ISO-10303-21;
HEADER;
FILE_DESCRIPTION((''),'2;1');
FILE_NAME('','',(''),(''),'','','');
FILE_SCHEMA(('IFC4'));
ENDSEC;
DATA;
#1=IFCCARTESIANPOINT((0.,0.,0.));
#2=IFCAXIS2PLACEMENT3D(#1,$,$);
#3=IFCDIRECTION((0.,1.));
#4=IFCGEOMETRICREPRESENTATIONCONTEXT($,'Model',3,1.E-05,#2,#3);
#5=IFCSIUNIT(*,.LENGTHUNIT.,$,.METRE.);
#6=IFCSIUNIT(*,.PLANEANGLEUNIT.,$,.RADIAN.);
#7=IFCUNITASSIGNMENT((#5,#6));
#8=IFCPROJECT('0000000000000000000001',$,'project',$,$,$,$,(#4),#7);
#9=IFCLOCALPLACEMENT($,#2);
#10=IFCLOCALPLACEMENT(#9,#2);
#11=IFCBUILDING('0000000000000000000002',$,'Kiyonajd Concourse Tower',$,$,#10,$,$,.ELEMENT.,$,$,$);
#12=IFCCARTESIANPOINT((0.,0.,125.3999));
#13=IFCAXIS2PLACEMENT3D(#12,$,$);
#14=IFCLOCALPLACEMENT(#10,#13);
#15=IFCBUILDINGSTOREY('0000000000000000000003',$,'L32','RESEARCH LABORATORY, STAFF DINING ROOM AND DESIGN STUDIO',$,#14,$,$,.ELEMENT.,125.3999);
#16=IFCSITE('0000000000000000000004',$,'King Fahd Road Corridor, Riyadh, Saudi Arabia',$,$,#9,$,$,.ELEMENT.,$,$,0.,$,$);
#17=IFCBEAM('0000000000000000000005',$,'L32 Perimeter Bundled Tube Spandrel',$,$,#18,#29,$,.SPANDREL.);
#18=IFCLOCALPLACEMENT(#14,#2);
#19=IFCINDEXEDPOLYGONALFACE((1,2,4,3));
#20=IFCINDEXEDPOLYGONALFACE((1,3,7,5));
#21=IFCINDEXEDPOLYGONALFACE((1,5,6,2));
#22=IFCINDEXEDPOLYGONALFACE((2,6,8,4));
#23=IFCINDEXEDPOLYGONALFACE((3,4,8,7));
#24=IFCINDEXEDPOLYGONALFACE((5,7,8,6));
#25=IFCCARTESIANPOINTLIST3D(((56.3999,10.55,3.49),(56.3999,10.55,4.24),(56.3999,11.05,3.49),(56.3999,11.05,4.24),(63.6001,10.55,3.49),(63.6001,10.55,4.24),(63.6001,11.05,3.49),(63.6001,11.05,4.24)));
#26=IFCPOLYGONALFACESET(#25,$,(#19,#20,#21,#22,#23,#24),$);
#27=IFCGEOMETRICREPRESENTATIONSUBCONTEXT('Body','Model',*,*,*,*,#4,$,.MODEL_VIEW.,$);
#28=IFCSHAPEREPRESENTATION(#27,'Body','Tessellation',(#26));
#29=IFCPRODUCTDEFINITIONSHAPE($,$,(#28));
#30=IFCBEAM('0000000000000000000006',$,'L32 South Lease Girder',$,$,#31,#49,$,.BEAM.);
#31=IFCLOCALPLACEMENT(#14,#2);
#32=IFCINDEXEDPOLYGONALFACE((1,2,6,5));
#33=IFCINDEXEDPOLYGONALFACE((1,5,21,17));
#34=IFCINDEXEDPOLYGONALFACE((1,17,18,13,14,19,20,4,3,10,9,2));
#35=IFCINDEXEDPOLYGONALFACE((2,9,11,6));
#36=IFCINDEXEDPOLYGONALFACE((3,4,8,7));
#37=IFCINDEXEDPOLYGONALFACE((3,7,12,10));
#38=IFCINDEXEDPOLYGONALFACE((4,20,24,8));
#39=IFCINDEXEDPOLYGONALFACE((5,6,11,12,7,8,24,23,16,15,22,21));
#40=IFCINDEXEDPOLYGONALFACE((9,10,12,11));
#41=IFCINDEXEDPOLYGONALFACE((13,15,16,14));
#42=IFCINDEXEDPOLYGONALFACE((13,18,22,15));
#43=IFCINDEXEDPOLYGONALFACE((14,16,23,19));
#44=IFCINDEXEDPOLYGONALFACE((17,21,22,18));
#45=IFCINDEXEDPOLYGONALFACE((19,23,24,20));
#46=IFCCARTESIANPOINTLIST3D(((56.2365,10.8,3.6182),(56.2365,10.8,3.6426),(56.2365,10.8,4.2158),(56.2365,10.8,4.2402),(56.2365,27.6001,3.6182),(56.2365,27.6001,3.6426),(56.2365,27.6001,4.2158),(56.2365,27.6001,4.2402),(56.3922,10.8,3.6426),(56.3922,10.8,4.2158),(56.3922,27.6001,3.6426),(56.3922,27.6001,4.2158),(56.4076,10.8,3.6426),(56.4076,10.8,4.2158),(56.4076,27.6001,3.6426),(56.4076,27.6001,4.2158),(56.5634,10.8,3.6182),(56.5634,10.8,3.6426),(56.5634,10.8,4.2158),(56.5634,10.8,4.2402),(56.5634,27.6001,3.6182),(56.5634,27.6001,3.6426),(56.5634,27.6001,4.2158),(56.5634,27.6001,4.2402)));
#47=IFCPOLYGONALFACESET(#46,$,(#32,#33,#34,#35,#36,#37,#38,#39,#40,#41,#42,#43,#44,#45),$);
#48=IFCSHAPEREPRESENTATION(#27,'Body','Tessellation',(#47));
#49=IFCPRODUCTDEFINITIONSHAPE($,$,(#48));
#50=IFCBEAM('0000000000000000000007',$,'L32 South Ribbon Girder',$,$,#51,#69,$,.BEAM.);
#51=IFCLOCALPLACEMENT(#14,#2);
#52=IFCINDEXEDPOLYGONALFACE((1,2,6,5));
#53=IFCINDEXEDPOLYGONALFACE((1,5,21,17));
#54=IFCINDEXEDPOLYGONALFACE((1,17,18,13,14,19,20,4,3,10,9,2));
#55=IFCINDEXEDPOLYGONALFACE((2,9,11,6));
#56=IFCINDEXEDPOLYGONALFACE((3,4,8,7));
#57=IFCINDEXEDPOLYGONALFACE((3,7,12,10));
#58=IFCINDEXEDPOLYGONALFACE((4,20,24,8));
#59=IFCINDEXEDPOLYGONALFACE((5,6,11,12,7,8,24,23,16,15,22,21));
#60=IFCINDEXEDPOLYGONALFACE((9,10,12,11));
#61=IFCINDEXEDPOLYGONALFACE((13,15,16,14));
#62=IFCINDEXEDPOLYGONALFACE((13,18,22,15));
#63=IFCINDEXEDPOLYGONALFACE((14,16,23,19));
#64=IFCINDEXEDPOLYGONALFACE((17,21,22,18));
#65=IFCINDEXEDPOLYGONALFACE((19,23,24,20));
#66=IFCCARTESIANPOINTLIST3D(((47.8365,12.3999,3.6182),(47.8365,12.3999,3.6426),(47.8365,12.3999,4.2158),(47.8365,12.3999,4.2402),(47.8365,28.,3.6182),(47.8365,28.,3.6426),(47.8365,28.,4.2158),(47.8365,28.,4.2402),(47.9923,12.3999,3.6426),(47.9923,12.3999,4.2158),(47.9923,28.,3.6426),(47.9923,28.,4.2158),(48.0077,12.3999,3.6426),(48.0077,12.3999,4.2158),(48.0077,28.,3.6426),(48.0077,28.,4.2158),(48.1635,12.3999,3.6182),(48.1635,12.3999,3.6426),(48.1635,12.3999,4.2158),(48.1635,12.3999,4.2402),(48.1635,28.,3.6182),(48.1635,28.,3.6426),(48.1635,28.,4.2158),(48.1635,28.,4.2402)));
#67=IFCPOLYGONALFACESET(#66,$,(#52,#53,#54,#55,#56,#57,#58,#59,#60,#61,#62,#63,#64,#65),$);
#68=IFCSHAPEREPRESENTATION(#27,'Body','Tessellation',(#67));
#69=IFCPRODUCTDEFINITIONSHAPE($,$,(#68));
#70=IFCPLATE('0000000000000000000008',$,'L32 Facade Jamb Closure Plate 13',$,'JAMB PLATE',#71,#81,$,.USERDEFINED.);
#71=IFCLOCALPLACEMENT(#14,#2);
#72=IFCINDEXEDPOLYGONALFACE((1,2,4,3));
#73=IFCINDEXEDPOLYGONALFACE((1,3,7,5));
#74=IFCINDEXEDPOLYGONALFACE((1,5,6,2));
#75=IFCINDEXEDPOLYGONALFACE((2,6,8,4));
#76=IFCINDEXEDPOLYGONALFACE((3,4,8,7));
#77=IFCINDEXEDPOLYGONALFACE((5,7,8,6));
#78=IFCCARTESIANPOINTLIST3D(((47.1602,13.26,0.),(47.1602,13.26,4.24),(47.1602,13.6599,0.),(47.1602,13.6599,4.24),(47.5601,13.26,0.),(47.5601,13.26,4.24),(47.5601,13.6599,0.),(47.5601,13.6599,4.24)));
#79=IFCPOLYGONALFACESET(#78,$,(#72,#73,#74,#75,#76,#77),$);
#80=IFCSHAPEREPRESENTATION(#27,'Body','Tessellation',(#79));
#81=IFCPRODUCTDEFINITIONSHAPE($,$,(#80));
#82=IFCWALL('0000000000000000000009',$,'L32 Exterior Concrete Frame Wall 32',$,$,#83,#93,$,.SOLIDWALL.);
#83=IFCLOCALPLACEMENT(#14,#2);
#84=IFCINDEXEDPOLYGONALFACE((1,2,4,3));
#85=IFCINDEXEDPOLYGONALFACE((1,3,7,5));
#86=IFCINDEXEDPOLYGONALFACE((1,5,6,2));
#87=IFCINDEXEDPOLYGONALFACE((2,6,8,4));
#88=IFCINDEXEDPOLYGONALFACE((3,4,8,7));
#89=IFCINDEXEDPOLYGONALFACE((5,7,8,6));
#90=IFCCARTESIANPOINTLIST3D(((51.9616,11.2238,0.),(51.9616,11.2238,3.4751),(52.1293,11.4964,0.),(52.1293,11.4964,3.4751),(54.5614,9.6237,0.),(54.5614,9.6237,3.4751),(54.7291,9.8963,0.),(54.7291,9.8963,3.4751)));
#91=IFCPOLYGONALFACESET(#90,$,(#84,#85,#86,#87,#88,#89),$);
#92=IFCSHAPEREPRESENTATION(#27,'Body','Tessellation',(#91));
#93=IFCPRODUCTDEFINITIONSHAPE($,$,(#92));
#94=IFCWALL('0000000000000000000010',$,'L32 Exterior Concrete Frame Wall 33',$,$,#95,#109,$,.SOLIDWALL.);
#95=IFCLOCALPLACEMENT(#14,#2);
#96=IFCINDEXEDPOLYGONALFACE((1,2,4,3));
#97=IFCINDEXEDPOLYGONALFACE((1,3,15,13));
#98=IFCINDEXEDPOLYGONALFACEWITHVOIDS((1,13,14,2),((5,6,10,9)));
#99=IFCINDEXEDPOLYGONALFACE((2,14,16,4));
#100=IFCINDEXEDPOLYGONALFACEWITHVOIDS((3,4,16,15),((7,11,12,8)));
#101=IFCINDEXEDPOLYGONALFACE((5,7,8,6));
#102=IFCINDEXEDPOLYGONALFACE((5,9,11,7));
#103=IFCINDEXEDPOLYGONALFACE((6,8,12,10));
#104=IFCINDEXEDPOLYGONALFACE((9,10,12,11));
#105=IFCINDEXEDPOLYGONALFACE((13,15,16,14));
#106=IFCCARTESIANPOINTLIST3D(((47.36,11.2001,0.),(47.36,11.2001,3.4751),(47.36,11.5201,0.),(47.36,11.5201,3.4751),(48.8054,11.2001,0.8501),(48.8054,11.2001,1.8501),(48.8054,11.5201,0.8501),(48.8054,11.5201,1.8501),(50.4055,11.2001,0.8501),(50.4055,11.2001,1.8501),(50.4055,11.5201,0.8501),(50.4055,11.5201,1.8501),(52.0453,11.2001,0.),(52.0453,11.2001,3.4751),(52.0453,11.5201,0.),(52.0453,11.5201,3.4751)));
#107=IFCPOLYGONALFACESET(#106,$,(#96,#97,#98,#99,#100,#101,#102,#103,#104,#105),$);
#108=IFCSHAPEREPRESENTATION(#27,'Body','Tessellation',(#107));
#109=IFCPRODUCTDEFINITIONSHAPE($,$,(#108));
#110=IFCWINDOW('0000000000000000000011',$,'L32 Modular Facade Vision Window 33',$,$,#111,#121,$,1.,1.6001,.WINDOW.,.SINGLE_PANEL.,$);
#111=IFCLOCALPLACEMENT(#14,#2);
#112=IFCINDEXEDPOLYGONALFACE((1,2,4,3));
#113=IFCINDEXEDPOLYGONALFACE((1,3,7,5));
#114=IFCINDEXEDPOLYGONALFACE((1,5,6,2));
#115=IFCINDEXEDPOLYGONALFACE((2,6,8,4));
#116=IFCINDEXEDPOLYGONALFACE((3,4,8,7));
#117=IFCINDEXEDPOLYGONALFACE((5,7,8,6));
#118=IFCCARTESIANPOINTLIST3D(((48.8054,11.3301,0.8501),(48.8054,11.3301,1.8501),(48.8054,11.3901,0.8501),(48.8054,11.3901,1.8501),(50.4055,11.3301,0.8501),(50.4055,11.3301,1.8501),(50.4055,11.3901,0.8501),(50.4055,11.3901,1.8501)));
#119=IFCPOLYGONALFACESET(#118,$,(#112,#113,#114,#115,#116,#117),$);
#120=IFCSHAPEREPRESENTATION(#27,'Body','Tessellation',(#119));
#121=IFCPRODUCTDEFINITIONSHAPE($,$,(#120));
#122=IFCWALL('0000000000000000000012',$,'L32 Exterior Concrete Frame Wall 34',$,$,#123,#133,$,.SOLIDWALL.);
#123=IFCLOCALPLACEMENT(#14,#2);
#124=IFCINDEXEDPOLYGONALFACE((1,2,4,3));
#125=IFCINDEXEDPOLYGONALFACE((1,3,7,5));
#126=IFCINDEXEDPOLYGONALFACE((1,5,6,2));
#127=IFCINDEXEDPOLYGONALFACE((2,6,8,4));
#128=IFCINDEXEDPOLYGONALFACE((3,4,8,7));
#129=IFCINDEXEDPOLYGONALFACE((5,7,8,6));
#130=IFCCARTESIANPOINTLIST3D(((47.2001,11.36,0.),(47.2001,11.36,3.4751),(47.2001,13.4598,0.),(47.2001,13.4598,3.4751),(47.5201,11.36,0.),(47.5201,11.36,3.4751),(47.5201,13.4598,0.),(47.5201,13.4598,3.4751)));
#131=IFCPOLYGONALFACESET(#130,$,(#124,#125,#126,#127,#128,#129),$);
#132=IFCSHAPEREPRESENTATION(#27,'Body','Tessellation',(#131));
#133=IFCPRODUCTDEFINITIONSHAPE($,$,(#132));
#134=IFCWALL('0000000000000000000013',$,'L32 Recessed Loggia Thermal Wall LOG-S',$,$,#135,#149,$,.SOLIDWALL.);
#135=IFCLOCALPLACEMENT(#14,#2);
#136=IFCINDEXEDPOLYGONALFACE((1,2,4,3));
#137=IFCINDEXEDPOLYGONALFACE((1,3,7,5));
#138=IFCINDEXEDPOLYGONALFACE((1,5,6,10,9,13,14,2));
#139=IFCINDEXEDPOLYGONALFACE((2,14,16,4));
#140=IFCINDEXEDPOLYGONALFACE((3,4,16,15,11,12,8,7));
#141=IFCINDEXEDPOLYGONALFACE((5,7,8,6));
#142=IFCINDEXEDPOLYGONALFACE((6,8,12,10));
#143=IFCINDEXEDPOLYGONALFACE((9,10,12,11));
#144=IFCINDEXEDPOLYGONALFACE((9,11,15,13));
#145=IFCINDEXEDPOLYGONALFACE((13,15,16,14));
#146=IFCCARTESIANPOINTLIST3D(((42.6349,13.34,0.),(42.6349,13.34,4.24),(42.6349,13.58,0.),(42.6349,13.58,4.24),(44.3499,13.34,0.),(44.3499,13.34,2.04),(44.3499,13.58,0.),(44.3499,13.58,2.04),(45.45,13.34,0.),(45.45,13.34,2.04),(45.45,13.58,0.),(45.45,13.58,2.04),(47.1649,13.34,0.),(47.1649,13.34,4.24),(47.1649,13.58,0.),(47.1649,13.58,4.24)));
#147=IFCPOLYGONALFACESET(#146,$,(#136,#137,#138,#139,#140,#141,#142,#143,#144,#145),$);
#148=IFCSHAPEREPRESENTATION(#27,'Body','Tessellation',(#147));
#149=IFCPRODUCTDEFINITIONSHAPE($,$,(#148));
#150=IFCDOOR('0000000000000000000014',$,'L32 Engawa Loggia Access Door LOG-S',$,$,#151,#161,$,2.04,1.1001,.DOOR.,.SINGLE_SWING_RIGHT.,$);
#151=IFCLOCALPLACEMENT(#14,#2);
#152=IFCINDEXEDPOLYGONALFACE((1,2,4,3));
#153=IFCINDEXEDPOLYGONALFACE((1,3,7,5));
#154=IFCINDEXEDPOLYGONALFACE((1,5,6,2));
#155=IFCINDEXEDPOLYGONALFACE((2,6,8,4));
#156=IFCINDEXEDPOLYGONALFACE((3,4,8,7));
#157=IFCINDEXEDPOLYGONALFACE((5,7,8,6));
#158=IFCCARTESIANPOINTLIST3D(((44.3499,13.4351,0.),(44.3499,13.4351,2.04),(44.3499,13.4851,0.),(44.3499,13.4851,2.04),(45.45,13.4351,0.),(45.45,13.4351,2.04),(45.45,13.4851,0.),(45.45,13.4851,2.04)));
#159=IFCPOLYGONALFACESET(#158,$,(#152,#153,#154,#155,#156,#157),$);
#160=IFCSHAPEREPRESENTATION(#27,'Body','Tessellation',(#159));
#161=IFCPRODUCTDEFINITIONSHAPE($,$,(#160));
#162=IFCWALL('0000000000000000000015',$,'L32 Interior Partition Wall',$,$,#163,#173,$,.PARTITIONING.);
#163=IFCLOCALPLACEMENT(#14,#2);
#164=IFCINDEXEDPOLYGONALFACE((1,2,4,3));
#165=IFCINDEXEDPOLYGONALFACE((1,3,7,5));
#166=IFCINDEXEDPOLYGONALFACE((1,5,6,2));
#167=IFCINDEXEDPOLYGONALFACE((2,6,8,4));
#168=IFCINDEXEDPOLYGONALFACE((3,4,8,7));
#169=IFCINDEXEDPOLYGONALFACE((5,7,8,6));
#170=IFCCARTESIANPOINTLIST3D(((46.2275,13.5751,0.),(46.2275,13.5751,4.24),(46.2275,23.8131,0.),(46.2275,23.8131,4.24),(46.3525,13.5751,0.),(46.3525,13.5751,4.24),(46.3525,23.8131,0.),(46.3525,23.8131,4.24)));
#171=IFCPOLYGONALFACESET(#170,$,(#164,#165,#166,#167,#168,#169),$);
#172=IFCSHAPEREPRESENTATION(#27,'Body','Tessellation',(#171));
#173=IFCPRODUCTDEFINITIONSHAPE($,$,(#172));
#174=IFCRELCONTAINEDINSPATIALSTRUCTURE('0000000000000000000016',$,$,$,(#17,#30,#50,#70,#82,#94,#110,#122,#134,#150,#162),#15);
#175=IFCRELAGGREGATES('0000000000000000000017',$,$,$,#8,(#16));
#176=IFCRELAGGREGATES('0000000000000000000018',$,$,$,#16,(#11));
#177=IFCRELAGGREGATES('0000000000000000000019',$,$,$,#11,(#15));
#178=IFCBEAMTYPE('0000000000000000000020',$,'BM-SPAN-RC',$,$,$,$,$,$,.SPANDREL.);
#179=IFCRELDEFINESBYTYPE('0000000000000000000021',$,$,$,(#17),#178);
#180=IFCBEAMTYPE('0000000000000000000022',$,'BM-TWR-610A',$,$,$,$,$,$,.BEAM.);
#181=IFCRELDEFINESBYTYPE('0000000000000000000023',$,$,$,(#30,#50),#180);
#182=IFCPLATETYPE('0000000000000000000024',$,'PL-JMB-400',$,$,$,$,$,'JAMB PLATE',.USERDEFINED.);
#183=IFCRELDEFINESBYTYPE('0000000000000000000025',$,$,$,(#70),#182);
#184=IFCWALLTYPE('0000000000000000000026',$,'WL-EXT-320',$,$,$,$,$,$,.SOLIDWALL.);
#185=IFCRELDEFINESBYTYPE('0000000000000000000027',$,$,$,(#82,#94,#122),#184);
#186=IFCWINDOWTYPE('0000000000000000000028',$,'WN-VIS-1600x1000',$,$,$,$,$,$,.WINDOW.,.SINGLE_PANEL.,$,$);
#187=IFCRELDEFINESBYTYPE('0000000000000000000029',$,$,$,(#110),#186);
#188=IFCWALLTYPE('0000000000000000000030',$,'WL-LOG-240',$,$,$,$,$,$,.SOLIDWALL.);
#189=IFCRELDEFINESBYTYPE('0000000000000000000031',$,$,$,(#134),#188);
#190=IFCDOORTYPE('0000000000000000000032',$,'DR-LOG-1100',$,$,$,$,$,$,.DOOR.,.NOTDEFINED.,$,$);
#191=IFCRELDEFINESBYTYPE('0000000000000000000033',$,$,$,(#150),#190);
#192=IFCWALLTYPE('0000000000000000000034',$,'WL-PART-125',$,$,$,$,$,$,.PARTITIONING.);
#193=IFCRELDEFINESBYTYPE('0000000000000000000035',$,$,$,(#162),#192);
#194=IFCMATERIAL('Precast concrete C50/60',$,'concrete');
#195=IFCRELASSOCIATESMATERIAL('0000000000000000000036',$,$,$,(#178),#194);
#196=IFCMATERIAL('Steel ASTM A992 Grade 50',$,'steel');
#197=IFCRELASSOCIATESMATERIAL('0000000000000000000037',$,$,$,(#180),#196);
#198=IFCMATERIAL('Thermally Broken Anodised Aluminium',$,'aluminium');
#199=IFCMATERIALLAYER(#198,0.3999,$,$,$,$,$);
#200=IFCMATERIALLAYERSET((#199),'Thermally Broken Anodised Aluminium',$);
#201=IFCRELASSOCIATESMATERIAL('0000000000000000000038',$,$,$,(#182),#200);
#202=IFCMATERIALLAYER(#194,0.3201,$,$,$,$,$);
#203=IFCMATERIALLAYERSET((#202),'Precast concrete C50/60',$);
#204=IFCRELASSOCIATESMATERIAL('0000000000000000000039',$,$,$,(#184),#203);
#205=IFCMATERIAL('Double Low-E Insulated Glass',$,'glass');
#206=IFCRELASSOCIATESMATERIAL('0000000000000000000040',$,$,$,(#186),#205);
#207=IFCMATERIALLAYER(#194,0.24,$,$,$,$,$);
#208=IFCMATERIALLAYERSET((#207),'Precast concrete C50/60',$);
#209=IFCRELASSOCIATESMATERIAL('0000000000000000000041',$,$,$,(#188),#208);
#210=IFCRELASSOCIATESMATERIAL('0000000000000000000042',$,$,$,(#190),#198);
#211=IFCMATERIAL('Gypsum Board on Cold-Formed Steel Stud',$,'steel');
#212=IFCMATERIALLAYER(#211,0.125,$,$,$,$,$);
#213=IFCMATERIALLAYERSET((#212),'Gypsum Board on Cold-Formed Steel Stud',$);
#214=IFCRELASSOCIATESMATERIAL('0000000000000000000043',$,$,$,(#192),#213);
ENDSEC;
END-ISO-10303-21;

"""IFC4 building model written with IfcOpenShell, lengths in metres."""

from ifc_helpers import new_model, si_unit, direction, frame, frame_2d, origin, origin_2d, place, context, subcontext, project, spatial, rectangle, i_section, extrude, material, layer, layer_set, material_profile, profile_set, type_object, element, fill, save


model = new_model("IFC4")

# Units and contexts
model_context = context("Model", 3, precision=1e-05, world=origin(), true_north=direction((0.0, 1.0)))
body_context = subcontext(model_context, "Body", "Model", "MODEL_VIEW")
ifc_project = project(units=[si_unit("LENGTHUNIT", "METRE"), si_unit("PLANEANGLEUNIT", "RADIAN")], contexts=[model_context])

# Site, building, storey
site_placement = place(None, origin())
site = spatial("IfcSite", under=ifc_project, at=site_placement, Name="King Fahd Road Corridor, Riyadh, Saudi Arabia", CompositionType="ELEMENT", RefElevation=0.0)
building_placement = place(site_placement, origin())
building = spatial("IfcBuilding", under=site, at=building_placement, Name="Kiyonajd Concourse Tower", CompositionType="ELEMENT")
storey_placement = place(building_placement, frame((0.0, 0.0, 125.3999)))
storey = spatial("IfcBuildingStorey", under=building, at=storey_placement, Name="L32", Description="RESEARCH LABORATORY, STAFF DINING ROOM AND DESIGN STUDIO", CompositionType="ELEMENT", Elevation=125.3999)

# Beams
ifc_material_1 = material(Name="Steel ASTM A992 Grade 50", Category="steel")
ifc_material_2 = material(Name="Precast concrete C50/60", Category="concrete")
ifc_material_profile_1 = material_profile(ifc_material_2, rectangle(XDim=0.5, YDim=0.75, at=origin_2d()), Name="RCBM-500x750")
ifc_profile_set_1 = profile_set([ifc_material_profile_1], Name="Precast concrete C50/60")
beam_type_1 = type_object("IfcBeamType", Name="BM-SPAN-RC", PredefinedType="SPANDREL", material=ifc_profile_set_1)
beam_1_placement = place(storey_placement, frame((56.3999, 10.8, 3.865), z_axis=(1.0, 0.0, 0.0), x_axis=(0.0, 1.0, 0.0)))
element("IfcBeam", 1, at=beam_1_placement, inside=storey, type_object=beam_type_1, Name="L32 Perimeter Bundled Tube Spandrel", PredefinedType="SPANDREL", context=body_context, shape_type="SweptSolid", body=[
    extrude(rectangle(XDim=0.5, YDim=0.75, at=origin_2d()), origin(), (0.0, 0.0, 1.0), 7.2002),
])
ifc_material_profile_2 = material_profile(ifc_material_1, i_section(OverallWidth=0.3269, OverallDepth=0.6221, WebThickness=0.0154, FlangeThickness=0.0244, at=origin_2d()), Name="W610X195")
ifc_profile_set_2 = profile_set([ifc_material_profile_2], Name="Steel ASTM A992 Grade 50")
beam_type_2 = type_object("IfcBeamType", Name="BM-TWR-610A", PredefinedType="BEAM", material=ifc_profile_set_2)
beam_2_placement = place(storey_placement, frame((56.3999, 10.8, 3.9292), z_axis=(0.0, 1.0, 0.0), x_axis=(-1.0, 0.0, 0.0)))
element("IfcBeam", 2, at=beam_2_placement, inside=storey, type_object=beam_type_2, Name="L32 South Lease Girder", PredefinedType="BEAM", context=body_context, shape_type="SweptSolid", body=[
    extrude(i_section(OverallWidth=0.3269, OverallDepth=0.6221, WebThickness=0.0154, FlangeThickness=0.0244, at=origin_2d()), origin(), (0.0, 0.0, 1.0), 16.8),
])
beam_3_placement = place(storey_placement, frame((48.0, 12.3999, 3.9292), z_axis=(0.0, 1.0, 0.0), x_axis=(-1.0, 0.0, 0.0)))
element("IfcBeam", 3, at=beam_3_placement, inside=storey, type_object=beam_type_2, Name="L32 South Ribbon Girder", PredefinedType="BEAM", context=body_context, shape_type="SweptSolid", body=[
    extrude(i_section(OverallWidth=0.3269, OverallDepth=0.6221, WebThickness=0.0154, FlangeThickness=0.0244, at=origin_2d()), origin(), (0.0, 0.0, 1.0), 15.6001),
])

# Plate
ifc_material_3 = material(Name="Thermally Broken Anodised Aluminium", Category="aluminium")
ifc_layer_1 = layer(ifc_material_3, 0.3999)
ifc_layer_set_1 = layer_set([ifc_layer_1], Name="Thermally Broken Anodised Aluminium")
plate_type = type_object("IfcPlateType", Name="PL-JMB-400", ElementType="JAMB PLATE", PredefinedType="USERDEFINED", material=ifc_layer_set_1)
plate_placement = place(storey_placement, frame((47.3601, 13.46, 0.0), z_axis=(0.0, 0.0, 1.0), x_axis=(1.0, 0.0, 0.0)))
element("IfcPlate", 4, at=plate_placement, inside=storey, type_object=plate_type, Name="L32 Facade Jamb Closure Plate 13", ObjectType="JAMB PLATE", PredefinedType="USERDEFINED", context=body_context, shape_type="SweptSolid", body=[
    extrude(rectangle(XDim=0.3999, YDim=0.3999, at=origin_2d()), origin(), (0.0, 0.0, 1.0), 4.24),
])

# Wall
ifc_layer_2 = layer(ifc_material_2, 0.3201)
ifc_layer_set_2 = layer_set([ifc_layer_2], Name="Precast concrete C50/60")
wall_type_1 = type_object("IfcWallType", Name="WL-EXT-320", PredefinedType="SOLIDWALL", material=ifc_layer_set_2)
wall_1_placement = place(storey_placement, frame((54.6453, 9.76, 0.0), z_axis=(0.0, 0.0, 1.0), x_axis=(-0.851631, 0.524142, 0.0)))
element("IfcWall", 5, at=wall_1_placement, inside=storey, type_object=wall_type_1, Name="L32 Exterior Concrete Frame Wall 32", PredefinedType="SOLIDWALL", context=body_context, shape_type="SweptSolid", body=[
    extrude(rectangle(XDim=3.0527, YDim=0.3201, at=frame_2d((1.5264, 0.0))), origin(), (0.0, 0.0, 1.0), 3.4751),
])

# Wall, opening, window
wall_2_placement = place(storey_placement, frame((52.0454, 11.3601, 0.0), z_axis=(0.0, 0.0, 1.0), x_axis=(-1.0, 0.0, 0.0)))
wall_2 = element("IfcWall", 6, at=wall_2_placement, inside=storey, type_object=wall_type_1, Name="L32 Exterior Concrete Frame Wall 33", PredefinedType="SOLIDWALL", context=body_context, shape_type="SweptSolid", body=[
    extrude(rectangle(XDim=4.6853, YDim=0.3201, at=frame_2d((2.3428, 0.0))), origin(), (0.0, 0.0, 1.0), 3.4751),
])
opening_1_placement = place(wall_2_placement, frame((1.6399, 0.0, 0.8501)))
opening_1 = element("IfcOpeningElement", 7, at=opening_1_placement, cuts=wall_2, PredefinedType="OPENING", context=body_context, shape_type="SweptSolid", body=[
    extrude(rectangle(XDim=1.6001, YDim=1.0, at=frame_2d((0.8, 0.5))), frame((0.0, 0.1699, 0.0), z_axis=(0.0, -1.0, 0.0), x_axis=(1.0, 0.0, 0.0)), (0.0, 0.0, 1.0), 0.3401),
])
ifc_material_4 = material(Name="Double Low-E Insulated Glass", Category="glass")
window_type = type_object("IfcWindowType", Name="WN-VIS-1600x1000", PartitioningType="SINGLE_PANEL", PredefinedType="WINDOW", material=ifc_material_4)
window_placement = place(opening_1_placement, origin())
window = element("IfcWindow", 8, at=window_placement, inside=storey, type_object=window_type, Name="L32 Modular Facade Vision Window 33", OverallHeight=1.0, OverallWidth=1.6001, PartitioningType="SINGLE_PANEL", PredefinedType="WINDOW", context=body_context, shape_type="SweptSolid", body=[
    extrude(rectangle(XDim=1.6001, YDim=1.0, at=frame_2d((0.8, 0.5))), frame((0.0, 0.03, 0.0), z_axis=(0.0, -1.0, 0.0), x_axis=(1.0, 0.0, 0.0)), (0.0, 0.0, 1.0), 0.0601),
])
fill(opening_1, window)

# Wall
wall_3_placement = place(storey_placement, frame((47.3601, 11.3601, 0.0), z_axis=(0.0, 0.0, 1.0), x_axis=(0.0, 1.0, 0.0)))
element("IfcWall", 9, at=wall_3_placement, inside=storey, type_object=wall_type_1, Name="L32 Exterior Concrete Frame Wall 34", PredefinedType="SOLIDWALL", context=body_context, shape_type="SweptSolid", body=[
    extrude(rectangle(XDim=2.0999, YDim=0.3201, at=frame_2d((1.0498, 0.0))), origin(), (0.0, 0.0, 1.0), 3.4751),
])

# Wall, opening, door
ifc_layer_3 = layer(ifc_material_2, 0.24)
ifc_layer_set_3 = layer_set([ifc_layer_3], Name="Precast concrete C50/60")
wall_type_2 = type_object("IfcWallType", Name="WL-LOG-240", PredefinedType="SOLIDWALL", material=ifc_layer_set_3)
wall_4_placement = place(storey_placement, frame((47.165, 13.46, 0.0), z_axis=(0.0, 0.0, 1.0), x_axis=(-1.0, 0.0, 0.0)))
wall_4 = element("IfcWall", 10, at=wall_4_placement, inside=storey, type_object=wall_type_2, Name="L32 Recessed Loggia Thermal Wall LOG-S", PredefinedType="SOLIDWALL", context=body_context, shape_type="SweptSolid", body=[
    extrude(rectangle(XDim=4.53, YDim=0.24, at=frame_2d((2.2651, 0.0))), origin(), (0.0, 0.0, 1.0), 4.24),
])
opening_2_placement = place(wall_4_placement, frame((1.7151, 0.0, 0.0)))
opening_2 = element("IfcOpeningElement", 11, at=opening_2_placement, cuts=wall_4, PredefinedType="OPENING", context=body_context, shape_type="SweptSolid", body=[
    extrude(rectangle(XDim=1.1001, YDim=2.04, at=frame_2d((0.55, 1.02))), frame((0.0, 0.1299, 0.0), z_axis=(0.0, -1.0, 0.0), x_axis=(1.0, 0.0, 0.0)), (0.0, 0.0, 1.0), 0.26),
])
door_type = type_object("IfcDoorType", Name="DR-LOG-1100", OperationType="NOTDEFINED", PredefinedType="DOOR", material=ifc_material_3)
door_placement = place(opening_2_placement, origin())
door = element("IfcDoor", 12, at=door_placement, inside=storey, type_object=door_type, Name="L32 Engawa Loggia Access Door LOG-S", OperationType="SINGLE_SWING_RIGHT", OverallHeight=2.04, OverallWidth=1.1001, PredefinedType="DOOR", context=body_context, shape_type="SweptSolid", body=[
    extrude(rectangle(XDim=1.1001, YDim=2.04, at=frame_2d((0.55, 1.02))), frame((0.0, 0.0249, 0.0), z_axis=(0.0, -1.0, 0.0), x_axis=(1.0, 0.0, 0.0)), (0.0, 0.0, 1.0), 0.05),
])
fill(opening_2, door)

# Wall
ifc_material_5 = material(Name="Gypsum Board on Cold-Formed Steel Stud", Category="steel")
ifc_layer_4 = layer(ifc_material_5, 0.125)
ifc_layer_set_4 = layer_set([ifc_layer_4], Name="Gypsum Board on Cold-Formed Steel Stud")
wall_type_3 = type_object("IfcWallType", Name="WL-PART-125", PredefinedType="PARTITIONING", material=ifc_layer_set_4)
wall_5_placement = place(storey_placement, frame((46.29, 13.575, 0.0), z_axis=(0.0, 0.0, 1.0), x_axis=(0.0, 1.0, 0.0)))
element("IfcWall", 13, at=wall_5_placement, inside=storey, type_object=wall_type_3, Name="L32 Interior Partition Wall", PredefinedType="PARTITIONING", context=body_context, shape_type="SweptSolid", body=[
    extrude(rectangle(XDim=10.238, YDim=0.125, at=frame_2d((5.1191, 0.0))), origin(), (0.0, 0.0, 1.0), 4.24),
])

save(model, "model.ifc")
